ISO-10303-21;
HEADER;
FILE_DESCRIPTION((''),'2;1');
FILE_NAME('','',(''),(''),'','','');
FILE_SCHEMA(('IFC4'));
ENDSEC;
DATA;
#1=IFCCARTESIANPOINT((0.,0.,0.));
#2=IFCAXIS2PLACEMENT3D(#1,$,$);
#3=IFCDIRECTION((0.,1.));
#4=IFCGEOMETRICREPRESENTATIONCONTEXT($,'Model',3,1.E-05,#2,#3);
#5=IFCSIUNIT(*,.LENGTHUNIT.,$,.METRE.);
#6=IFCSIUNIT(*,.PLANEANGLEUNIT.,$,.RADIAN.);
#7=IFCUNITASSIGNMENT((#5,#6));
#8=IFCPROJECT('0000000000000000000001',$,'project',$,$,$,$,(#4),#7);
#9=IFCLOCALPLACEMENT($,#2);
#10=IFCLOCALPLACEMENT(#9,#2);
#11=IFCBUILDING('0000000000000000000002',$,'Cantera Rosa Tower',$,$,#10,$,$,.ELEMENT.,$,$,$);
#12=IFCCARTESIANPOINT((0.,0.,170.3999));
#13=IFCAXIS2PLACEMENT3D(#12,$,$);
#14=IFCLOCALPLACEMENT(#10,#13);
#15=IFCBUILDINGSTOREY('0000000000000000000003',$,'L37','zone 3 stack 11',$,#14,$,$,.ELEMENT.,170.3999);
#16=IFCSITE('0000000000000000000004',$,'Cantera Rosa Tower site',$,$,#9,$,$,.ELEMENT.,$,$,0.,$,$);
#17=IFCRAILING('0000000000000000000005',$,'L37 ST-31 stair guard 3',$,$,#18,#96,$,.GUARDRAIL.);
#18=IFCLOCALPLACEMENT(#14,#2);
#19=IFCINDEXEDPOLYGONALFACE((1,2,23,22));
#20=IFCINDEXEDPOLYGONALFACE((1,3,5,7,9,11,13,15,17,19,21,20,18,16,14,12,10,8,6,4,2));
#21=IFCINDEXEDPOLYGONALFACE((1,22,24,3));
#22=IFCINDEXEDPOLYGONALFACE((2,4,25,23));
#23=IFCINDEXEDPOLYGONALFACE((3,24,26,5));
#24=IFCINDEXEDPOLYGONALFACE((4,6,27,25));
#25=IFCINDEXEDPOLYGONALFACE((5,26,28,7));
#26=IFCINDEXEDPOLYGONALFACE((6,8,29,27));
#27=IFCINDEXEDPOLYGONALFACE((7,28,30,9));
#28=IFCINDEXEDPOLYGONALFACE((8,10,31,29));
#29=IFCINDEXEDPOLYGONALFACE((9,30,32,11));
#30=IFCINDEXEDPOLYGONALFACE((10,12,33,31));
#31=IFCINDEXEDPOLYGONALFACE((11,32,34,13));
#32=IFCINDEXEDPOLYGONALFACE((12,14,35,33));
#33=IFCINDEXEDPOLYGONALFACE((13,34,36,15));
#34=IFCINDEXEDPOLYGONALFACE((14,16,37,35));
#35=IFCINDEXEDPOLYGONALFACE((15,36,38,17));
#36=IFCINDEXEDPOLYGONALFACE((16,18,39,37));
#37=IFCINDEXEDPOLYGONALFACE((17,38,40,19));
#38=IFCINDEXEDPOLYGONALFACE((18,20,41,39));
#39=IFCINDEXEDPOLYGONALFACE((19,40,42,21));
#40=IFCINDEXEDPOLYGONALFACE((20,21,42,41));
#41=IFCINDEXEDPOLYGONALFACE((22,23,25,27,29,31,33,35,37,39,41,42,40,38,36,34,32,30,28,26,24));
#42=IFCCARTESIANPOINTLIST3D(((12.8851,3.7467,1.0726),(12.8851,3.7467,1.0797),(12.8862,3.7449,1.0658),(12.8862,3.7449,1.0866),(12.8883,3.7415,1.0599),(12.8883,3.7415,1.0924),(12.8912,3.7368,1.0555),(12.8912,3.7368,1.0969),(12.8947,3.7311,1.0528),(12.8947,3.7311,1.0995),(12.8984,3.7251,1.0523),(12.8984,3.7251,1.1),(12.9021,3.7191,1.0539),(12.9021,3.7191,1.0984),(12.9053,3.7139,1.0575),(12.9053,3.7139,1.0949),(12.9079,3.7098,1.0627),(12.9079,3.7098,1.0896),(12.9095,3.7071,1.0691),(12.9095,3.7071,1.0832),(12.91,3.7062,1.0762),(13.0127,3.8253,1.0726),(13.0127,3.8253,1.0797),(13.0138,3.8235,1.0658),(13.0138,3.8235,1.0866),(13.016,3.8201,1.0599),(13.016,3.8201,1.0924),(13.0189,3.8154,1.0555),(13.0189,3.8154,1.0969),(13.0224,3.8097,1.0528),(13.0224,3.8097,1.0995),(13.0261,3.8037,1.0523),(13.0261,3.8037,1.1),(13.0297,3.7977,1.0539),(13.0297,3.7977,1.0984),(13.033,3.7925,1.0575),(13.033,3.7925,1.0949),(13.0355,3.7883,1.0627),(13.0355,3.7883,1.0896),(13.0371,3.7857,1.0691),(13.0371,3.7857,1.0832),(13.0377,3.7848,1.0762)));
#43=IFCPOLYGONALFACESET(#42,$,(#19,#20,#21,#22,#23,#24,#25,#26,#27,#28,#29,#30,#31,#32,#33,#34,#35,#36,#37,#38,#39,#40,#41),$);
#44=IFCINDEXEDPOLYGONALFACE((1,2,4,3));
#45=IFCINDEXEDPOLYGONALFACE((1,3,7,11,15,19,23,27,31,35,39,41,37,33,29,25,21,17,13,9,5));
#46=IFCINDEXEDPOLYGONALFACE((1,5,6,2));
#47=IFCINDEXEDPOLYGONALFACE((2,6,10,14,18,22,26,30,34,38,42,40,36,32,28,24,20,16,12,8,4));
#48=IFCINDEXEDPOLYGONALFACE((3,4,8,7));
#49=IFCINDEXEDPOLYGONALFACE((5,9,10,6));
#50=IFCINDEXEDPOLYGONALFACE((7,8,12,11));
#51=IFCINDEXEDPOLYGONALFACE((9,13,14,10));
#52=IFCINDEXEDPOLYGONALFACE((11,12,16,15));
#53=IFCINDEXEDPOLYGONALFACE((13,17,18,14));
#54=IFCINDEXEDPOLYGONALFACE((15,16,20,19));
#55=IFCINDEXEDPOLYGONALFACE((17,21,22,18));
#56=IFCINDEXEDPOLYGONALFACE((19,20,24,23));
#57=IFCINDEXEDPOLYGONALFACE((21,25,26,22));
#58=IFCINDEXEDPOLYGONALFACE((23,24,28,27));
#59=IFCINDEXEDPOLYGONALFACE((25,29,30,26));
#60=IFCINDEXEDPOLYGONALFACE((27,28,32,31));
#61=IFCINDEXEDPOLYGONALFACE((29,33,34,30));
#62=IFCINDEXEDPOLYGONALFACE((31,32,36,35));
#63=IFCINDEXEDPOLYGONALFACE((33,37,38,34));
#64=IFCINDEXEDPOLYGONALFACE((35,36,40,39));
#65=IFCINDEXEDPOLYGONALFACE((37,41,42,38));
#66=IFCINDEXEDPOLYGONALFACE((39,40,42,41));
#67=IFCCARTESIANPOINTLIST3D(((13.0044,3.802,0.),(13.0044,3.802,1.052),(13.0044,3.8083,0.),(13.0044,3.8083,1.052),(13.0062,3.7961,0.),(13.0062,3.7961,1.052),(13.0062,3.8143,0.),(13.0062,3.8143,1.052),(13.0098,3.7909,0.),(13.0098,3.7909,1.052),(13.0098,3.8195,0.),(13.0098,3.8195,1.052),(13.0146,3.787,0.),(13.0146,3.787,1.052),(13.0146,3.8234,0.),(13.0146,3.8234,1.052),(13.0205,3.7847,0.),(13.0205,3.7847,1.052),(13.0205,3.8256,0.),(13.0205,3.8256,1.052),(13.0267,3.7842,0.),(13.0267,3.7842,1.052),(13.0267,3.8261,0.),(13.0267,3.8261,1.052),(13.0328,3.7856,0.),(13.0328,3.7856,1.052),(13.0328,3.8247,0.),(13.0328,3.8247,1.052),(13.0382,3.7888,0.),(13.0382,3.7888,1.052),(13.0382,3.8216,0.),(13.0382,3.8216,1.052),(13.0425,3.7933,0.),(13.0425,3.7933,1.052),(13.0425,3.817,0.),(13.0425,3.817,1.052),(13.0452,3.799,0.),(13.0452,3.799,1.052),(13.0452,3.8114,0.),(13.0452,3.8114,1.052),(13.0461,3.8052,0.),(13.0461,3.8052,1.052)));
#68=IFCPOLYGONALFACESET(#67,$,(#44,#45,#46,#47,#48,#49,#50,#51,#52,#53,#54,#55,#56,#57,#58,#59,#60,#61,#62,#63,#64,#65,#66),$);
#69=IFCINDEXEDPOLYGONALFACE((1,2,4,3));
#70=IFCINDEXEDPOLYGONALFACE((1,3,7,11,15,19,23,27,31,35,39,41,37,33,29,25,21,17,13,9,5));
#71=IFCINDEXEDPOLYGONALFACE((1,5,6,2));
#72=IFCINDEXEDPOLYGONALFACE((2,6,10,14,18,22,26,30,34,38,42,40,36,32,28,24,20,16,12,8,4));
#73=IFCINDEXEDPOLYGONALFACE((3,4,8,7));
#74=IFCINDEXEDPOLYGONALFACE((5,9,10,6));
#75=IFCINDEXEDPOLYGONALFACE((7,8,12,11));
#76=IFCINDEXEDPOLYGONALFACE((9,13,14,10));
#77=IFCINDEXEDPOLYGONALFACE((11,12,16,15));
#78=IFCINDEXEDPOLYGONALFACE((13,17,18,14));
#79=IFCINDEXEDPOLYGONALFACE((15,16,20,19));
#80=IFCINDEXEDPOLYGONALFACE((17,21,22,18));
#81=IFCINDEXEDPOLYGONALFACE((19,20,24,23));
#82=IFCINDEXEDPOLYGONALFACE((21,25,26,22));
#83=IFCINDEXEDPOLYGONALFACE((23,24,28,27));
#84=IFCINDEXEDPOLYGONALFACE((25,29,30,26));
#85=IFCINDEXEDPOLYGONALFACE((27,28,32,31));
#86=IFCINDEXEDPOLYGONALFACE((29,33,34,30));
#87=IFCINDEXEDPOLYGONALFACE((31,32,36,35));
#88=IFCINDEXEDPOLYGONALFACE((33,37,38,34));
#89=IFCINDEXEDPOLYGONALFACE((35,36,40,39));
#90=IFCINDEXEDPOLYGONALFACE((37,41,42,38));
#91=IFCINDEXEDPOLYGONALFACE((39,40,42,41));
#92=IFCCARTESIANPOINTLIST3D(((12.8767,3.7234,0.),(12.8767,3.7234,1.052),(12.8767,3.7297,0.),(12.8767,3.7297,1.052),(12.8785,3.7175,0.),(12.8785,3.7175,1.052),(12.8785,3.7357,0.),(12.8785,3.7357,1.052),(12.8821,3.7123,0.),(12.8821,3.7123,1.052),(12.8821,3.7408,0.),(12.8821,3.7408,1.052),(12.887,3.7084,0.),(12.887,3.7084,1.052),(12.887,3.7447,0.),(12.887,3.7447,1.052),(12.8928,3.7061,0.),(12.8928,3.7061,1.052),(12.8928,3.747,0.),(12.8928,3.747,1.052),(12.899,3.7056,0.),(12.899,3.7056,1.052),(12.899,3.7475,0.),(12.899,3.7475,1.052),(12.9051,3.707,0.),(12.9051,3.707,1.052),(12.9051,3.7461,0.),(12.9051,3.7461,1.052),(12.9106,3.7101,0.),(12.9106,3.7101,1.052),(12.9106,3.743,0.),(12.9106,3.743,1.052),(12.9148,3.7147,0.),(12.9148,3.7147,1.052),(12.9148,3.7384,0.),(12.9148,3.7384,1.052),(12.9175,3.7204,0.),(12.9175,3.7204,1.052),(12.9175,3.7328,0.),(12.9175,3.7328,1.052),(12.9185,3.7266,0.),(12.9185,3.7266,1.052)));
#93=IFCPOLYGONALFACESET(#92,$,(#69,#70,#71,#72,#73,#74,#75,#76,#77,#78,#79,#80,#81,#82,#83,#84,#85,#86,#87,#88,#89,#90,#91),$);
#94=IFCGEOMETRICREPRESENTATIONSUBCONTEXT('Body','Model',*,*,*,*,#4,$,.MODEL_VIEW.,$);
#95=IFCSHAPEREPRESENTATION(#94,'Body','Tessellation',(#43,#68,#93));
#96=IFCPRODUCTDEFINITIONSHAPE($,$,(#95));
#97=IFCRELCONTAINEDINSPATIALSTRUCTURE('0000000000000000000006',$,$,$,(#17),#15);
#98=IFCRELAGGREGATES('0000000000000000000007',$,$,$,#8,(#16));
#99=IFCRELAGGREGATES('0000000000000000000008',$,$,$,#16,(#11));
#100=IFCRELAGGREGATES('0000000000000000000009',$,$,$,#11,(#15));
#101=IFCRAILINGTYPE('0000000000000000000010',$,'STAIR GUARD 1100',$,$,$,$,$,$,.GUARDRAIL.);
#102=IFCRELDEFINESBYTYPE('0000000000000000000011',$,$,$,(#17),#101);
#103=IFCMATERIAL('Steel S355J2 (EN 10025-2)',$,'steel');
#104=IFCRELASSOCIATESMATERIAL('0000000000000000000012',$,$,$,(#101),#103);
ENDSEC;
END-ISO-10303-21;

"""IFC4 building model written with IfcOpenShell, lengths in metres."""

from ifc_helpers import new_model, si_unit, direction, frame, origin, origin_2d, place, context, subcontext, project, spatial, circle, extrude, material, type_object, element, save


model = new_model("IFC4")

# Units and contexts
model_context = context("Model", 3, precision=1e-05, world=origin(), true_north=direction((0.0, 1.0)))
body_context = subcontext(model_context, "Body", "Model", "MODEL_VIEW")
ifc_project = project(units=[si_unit("LENGTHUNIT", "METRE"), si_unit("PLANEANGLEUNIT", "RADIAN")], contexts=[model_context])

# Site, building, storey
site_placement = place(None, origin())
site = spatial("IfcSite", under=ifc_project, at=site_placement, Name="Cantera Rosa Tower site", CompositionType="ELEMENT", RefElevation=0.0)
building_placement = place(site_placement, origin())
building = spatial("IfcBuilding", under=site, at=building_placement, Name="Cantera Rosa Tower", CompositionType="ELEMENT")
storey_placement = place(building_placement, frame((0.0, 0.0, 170.3999)))
storey = spatial("IfcBuildingStorey", under=building, at=storey_placement, Name="L37", Description="zone 3 stack 11", CompositionType="ELEMENT", Elevation=170.3999)

# Railing
ifc_material_1 = material(Name="Steel S355J2 (EN 10025-2)", Category="steel")
railing_type_1 = type_object("IfcRailingType", Name="STAIR GUARD 1100", PredefinedType="GUARDRAIL", material=ifc_material_1)
railing_1_placement = place(storey_placement, frame((13.0251, 3.8052, 0.0)))
element("IfcRailing", 1, at=railing_1_placement, inside=storey, type_object=railing_type_1, Name="L37 ST-31 stair guard 3", PredefinedType="GUARDRAIL", context=body_context, shape_type="SweptSolid", body=[
    extrude(circle(Radius=0.0239, at=origin_2d()), frame((0.0, 0.0, 1.0762), z_axis=(-0.851546, -0.524279, 0.0), x_axis=(0.524279, -0.851546, 0.0)), (0.0, 0.0, 1.0), 0.1499),
    extrude(circle(Radius=0.021, at=origin_2d()), origin(), (0.0, 0.0, 1.0), 1.052),
    extrude(circle(Radius=0.021, at=origin_2d()), frame((-0.1277, -0.0786, 0.0)), (0.0, 0.0, 1.0), 1.052),
])

save(model, "model.ifc")
